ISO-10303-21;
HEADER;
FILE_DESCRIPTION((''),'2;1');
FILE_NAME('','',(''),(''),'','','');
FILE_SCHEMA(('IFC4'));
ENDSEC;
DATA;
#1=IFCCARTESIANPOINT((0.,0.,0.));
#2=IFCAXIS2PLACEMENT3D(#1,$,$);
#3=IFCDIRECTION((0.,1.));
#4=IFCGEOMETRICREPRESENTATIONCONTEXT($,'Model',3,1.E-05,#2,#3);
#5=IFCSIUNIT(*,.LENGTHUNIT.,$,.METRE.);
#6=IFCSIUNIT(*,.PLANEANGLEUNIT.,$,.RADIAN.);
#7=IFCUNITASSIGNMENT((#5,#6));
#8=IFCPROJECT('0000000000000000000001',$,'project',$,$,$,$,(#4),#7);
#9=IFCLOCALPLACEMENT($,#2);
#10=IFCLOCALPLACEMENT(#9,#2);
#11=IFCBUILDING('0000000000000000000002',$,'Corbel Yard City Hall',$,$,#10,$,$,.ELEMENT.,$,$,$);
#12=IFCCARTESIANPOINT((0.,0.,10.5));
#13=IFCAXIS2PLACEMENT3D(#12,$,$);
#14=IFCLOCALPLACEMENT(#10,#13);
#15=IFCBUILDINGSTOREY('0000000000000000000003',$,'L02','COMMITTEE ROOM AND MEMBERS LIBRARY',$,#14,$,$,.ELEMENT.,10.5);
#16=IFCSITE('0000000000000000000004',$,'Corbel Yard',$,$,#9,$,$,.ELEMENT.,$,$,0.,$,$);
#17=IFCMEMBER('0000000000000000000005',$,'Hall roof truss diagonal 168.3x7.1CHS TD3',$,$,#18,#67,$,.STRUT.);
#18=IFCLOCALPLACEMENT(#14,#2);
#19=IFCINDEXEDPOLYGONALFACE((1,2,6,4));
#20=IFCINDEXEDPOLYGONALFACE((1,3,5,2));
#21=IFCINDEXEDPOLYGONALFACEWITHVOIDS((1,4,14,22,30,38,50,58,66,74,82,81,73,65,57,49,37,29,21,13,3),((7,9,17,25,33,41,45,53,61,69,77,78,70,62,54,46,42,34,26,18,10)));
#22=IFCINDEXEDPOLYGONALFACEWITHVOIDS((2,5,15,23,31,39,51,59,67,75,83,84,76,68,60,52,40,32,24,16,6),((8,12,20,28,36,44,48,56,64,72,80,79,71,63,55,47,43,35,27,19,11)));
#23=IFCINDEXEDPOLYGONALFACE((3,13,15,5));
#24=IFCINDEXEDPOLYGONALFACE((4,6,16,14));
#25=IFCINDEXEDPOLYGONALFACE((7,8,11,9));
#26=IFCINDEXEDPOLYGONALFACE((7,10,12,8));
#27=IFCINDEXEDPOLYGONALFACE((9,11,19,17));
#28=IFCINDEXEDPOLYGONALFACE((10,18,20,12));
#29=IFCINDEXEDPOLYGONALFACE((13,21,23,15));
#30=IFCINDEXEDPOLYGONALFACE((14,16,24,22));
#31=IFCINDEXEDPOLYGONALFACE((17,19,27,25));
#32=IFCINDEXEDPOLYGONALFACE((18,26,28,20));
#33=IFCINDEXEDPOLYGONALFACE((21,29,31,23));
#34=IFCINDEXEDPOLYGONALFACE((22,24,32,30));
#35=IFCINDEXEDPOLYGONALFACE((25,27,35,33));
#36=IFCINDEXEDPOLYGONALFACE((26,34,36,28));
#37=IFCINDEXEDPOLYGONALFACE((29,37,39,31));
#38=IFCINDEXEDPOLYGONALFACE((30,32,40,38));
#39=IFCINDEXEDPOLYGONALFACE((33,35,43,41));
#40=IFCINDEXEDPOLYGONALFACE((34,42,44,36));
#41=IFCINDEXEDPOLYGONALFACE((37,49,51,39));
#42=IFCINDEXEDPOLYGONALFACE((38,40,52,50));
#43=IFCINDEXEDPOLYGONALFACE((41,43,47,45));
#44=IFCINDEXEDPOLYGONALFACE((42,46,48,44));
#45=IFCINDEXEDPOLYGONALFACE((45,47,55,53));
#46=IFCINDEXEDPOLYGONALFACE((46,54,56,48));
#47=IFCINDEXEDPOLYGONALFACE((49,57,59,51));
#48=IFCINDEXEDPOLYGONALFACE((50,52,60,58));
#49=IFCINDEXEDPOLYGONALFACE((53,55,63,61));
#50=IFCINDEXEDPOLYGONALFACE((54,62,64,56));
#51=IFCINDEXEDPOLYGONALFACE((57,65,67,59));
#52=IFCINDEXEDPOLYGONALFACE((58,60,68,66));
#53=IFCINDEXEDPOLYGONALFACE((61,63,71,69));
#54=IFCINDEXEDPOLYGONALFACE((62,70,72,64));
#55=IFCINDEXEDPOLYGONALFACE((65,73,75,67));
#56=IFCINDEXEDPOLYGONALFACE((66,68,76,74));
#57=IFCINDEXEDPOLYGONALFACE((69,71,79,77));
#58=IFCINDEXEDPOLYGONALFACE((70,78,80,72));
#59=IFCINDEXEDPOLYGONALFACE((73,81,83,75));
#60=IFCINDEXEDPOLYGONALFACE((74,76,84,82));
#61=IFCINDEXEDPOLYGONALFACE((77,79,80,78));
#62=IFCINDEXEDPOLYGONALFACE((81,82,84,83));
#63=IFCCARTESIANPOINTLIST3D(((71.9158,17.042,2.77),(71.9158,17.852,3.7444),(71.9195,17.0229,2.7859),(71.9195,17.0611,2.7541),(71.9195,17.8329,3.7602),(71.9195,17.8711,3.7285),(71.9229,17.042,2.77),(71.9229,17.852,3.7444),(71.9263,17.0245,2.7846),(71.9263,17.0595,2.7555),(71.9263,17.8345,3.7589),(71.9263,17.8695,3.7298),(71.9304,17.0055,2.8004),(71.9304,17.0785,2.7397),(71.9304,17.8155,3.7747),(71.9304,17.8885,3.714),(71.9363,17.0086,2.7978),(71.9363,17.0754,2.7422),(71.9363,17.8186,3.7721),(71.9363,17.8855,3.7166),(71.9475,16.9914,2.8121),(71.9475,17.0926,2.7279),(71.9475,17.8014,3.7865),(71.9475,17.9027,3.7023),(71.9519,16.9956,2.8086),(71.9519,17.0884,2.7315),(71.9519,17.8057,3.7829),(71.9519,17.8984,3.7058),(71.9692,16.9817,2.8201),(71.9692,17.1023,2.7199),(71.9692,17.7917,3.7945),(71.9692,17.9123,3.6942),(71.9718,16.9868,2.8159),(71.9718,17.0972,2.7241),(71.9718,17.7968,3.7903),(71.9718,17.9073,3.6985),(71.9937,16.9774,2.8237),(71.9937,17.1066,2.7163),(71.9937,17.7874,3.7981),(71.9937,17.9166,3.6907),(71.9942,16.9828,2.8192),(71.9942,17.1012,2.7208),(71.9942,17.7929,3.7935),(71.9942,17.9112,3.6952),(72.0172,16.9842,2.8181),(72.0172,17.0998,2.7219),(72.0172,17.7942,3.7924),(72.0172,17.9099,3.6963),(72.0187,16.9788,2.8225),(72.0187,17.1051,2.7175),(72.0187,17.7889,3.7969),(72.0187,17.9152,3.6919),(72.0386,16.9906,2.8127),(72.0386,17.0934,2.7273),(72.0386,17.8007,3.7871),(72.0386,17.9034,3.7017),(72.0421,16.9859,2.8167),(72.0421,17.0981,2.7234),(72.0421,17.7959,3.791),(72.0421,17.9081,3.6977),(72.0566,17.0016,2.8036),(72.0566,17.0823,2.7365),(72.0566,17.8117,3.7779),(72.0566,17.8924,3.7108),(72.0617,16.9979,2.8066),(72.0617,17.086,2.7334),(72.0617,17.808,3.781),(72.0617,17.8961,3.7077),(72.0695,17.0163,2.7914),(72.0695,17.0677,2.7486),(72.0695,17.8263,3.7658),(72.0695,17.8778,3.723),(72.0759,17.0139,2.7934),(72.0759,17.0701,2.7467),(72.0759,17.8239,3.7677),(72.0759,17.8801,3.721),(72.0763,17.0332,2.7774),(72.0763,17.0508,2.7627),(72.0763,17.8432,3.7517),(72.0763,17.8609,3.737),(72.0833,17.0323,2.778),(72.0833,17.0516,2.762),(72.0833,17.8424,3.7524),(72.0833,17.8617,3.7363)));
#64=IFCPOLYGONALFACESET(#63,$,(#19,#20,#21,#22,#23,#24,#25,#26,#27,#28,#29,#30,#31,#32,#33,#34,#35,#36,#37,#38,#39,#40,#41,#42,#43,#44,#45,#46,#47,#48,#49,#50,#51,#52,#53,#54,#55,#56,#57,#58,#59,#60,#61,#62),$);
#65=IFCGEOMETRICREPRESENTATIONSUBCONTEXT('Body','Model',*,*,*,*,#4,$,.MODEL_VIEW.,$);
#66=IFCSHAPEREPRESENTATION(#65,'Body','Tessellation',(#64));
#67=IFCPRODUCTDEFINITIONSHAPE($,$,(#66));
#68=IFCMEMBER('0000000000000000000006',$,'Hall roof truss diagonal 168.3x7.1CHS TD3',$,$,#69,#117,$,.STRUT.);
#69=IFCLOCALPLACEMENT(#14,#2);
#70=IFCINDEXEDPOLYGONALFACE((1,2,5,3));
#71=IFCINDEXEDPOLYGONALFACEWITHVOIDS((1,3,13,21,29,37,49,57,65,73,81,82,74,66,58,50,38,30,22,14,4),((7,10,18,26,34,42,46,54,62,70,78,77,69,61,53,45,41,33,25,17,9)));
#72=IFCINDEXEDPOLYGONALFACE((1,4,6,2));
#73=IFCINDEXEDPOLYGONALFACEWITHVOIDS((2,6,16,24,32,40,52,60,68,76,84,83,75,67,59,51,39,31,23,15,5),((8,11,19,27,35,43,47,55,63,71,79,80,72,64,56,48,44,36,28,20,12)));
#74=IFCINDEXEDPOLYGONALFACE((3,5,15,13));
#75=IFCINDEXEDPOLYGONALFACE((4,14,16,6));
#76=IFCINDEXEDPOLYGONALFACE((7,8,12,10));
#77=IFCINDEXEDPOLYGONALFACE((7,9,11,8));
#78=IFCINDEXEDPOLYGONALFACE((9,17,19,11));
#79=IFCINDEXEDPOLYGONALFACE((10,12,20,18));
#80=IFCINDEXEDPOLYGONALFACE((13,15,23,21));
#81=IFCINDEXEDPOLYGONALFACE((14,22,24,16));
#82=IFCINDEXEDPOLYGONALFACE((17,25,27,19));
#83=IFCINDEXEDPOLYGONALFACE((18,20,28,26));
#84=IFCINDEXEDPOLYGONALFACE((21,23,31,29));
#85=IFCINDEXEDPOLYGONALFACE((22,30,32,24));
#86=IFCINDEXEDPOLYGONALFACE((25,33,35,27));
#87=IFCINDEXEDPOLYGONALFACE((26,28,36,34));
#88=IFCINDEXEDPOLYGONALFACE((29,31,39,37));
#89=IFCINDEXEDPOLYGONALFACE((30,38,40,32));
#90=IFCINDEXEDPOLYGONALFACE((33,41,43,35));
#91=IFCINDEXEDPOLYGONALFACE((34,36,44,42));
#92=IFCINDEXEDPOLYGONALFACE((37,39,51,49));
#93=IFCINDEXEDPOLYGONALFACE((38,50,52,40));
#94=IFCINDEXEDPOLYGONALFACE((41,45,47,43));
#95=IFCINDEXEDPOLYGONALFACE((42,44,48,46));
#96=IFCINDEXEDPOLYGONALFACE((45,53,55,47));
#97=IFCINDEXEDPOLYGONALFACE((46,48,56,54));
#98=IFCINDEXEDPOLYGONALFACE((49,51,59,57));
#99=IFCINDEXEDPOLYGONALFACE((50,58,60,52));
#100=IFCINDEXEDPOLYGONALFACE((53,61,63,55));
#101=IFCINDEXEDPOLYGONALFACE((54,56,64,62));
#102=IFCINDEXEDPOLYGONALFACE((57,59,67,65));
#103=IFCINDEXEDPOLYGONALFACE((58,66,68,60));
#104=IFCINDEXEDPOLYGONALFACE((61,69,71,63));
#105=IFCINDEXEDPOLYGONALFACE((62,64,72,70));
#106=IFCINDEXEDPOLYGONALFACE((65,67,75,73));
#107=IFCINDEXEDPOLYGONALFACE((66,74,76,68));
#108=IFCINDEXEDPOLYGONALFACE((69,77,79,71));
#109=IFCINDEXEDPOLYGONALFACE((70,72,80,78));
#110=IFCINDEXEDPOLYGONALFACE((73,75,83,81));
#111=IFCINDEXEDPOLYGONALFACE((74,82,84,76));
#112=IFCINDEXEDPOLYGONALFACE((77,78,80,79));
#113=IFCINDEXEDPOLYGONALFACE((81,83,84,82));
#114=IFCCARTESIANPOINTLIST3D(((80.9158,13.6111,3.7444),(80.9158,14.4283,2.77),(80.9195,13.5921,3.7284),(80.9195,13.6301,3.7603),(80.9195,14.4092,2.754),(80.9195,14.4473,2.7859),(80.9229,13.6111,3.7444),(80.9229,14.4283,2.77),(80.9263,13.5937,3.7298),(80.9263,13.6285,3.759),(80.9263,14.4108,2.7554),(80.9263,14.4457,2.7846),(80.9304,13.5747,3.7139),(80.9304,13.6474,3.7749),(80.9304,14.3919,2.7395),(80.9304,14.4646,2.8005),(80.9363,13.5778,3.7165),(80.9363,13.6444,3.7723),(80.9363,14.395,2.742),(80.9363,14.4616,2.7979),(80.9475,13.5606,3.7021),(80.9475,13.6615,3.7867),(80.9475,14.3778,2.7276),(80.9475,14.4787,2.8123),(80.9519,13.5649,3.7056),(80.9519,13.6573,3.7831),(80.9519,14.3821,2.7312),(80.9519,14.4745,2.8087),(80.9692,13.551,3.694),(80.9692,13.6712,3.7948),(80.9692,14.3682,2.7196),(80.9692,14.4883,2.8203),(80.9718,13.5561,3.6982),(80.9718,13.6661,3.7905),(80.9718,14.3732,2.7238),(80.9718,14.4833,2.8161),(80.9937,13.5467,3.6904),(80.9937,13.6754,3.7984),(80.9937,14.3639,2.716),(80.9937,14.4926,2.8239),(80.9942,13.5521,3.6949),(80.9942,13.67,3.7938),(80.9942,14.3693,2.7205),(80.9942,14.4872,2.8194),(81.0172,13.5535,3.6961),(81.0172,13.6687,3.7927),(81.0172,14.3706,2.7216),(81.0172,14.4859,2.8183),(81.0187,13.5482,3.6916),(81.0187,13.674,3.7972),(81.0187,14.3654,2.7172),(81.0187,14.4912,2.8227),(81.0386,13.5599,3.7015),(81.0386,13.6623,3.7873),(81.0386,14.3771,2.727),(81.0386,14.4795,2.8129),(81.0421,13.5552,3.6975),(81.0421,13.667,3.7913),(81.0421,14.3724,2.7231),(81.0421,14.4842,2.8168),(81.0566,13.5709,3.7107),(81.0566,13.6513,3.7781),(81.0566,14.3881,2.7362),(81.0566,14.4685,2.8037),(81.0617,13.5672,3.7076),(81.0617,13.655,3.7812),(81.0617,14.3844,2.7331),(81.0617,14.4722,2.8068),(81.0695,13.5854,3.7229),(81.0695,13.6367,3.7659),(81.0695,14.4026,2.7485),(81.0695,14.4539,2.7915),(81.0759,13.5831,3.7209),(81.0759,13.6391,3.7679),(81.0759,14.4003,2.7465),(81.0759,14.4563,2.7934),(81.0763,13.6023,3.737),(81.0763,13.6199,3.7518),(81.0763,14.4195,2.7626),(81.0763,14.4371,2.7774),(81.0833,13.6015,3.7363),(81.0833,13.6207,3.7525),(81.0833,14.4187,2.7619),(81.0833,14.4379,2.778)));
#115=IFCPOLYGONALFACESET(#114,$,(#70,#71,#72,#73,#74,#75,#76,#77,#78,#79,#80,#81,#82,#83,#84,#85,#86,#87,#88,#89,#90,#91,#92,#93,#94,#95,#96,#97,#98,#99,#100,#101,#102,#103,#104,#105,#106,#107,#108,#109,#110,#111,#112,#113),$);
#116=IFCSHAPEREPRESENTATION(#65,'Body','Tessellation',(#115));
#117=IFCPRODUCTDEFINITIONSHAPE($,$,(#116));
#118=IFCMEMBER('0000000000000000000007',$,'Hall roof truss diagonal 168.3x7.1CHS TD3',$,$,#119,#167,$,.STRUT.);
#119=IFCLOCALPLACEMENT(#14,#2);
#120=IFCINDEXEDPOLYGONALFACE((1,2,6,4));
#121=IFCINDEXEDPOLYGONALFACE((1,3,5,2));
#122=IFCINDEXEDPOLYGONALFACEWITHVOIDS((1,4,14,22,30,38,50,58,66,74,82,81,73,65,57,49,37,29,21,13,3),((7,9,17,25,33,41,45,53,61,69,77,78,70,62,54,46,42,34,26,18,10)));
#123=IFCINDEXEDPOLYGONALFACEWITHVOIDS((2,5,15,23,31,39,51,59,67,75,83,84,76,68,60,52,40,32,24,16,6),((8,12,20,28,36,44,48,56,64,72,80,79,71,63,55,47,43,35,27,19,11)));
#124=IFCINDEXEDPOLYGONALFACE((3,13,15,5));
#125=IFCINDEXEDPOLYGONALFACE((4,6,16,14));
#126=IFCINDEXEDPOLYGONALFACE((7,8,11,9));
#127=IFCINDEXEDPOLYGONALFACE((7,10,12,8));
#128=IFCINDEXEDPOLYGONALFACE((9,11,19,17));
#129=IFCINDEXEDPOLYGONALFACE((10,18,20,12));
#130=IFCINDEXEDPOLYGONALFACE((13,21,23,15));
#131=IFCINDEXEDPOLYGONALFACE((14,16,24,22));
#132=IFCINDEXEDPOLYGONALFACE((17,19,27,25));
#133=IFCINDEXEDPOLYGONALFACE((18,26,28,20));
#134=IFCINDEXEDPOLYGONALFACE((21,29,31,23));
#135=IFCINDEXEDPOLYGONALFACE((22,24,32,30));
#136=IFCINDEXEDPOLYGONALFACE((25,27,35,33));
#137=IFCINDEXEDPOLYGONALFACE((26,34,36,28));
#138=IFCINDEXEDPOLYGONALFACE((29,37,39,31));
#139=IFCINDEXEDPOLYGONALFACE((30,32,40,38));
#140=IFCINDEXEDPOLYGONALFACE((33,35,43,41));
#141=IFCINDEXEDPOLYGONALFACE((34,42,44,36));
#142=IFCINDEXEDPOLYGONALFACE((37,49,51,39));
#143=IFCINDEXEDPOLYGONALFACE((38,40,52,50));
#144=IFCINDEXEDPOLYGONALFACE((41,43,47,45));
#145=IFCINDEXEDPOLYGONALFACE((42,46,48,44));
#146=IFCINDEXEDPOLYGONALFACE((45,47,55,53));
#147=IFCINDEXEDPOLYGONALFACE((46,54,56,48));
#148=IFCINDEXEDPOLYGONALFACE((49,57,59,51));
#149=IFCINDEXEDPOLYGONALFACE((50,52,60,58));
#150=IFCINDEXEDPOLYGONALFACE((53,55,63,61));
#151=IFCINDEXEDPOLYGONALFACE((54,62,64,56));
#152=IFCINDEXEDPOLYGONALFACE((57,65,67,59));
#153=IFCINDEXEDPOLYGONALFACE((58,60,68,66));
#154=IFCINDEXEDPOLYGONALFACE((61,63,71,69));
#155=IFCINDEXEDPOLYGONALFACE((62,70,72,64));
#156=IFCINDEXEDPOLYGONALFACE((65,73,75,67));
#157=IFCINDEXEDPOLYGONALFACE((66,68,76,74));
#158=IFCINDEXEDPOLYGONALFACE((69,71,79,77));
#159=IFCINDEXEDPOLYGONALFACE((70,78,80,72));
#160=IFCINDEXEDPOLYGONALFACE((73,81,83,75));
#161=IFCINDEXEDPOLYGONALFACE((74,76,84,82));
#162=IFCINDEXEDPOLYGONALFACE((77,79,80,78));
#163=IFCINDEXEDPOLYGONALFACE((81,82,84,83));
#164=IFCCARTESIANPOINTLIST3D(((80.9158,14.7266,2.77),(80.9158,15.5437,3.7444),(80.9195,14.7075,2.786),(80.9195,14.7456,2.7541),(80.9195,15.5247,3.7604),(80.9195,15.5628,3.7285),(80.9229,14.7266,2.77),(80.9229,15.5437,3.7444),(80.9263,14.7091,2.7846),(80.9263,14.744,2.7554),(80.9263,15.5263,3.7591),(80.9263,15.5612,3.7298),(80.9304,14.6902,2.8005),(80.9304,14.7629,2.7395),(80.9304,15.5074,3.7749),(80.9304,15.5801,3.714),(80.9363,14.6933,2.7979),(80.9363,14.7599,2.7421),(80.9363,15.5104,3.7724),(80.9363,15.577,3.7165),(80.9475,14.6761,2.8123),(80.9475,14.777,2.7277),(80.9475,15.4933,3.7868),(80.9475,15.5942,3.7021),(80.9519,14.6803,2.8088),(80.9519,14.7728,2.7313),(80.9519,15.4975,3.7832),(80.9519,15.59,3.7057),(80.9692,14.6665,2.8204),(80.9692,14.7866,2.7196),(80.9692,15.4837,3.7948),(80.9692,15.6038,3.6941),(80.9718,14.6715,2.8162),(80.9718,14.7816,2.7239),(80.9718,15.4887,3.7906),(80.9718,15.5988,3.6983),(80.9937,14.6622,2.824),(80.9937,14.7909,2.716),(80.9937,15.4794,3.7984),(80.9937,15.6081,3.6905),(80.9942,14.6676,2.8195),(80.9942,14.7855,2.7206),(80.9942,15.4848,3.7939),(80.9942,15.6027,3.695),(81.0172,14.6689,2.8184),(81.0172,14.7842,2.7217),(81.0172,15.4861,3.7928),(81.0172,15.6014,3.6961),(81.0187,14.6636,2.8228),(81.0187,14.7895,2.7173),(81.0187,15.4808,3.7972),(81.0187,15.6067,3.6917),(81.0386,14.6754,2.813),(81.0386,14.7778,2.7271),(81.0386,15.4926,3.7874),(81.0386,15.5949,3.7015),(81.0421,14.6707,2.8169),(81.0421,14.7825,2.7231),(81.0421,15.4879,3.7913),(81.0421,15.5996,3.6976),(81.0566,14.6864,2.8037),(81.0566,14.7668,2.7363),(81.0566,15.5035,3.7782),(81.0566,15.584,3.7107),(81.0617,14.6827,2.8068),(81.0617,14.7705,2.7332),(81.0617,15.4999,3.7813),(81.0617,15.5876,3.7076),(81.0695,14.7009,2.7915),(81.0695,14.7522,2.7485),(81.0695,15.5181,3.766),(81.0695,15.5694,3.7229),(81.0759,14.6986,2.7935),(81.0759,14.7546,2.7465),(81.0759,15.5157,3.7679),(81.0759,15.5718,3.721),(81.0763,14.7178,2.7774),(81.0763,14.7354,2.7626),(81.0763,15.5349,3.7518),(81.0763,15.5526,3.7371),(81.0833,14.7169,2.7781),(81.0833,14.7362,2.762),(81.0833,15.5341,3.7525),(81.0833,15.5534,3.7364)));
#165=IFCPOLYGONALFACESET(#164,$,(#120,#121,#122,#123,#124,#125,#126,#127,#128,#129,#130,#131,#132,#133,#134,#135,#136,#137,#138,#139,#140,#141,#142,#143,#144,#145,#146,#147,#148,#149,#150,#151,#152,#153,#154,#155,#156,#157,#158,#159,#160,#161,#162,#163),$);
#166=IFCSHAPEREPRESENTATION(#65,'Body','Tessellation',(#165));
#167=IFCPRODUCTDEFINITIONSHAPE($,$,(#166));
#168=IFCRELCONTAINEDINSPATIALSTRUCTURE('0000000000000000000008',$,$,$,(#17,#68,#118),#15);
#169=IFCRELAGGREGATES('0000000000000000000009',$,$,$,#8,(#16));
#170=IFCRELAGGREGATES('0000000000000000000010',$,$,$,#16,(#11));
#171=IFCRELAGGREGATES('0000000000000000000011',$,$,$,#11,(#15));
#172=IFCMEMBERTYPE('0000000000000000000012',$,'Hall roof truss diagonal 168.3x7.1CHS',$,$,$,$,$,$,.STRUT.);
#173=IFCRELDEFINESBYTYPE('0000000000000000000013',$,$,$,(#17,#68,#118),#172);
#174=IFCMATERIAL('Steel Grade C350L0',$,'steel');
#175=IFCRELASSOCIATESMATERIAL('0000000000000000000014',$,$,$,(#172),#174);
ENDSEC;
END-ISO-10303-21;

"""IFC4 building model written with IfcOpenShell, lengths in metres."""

from ifc_helpers import new_model, si_unit, direction, frame, origin, origin_2d, place, context, subcontext, project, spatial, hollow_circle, extrude, material, material_profile, profile_set, type_object, element, save


model = new_model("IFC4")

# Units and contexts
model_context = context("Model", 3, precision=1e-05, world=origin(), true_north=direction((0.0, 1.0)))
body_context = subcontext(model_context, "Body", "Model", "MODEL_VIEW")
ifc_project = project(units=[si_unit("LENGTHUNIT", "METRE"), si_unit("PLANEANGLEUNIT", "RADIAN")], contexts=[model_context])

# Site, building, storey
site_placement = place(None, origin())
site = spatial("IfcSite", under=ifc_project, at=site_placement, Name="Corbel Yard", CompositionType="ELEMENT", RefElevation=0.0)
building_placement = place(site_placement, origin())
building = spatial("IfcBuilding", under=site, at=building_placement, Name="Corbel Yard City Hall", CompositionType="ELEMENT")
storey_placement = place(building_placement, frame((0.0, 0.0, 10.5)))
storey = spatial("IfcBuildingStorey", under=building, at=storey_placement, Name="L02", Description="COMMITTEE ROOM AND MEMBERS LIBRARY", CompositionType="ELEMENT", Elevation=10.5)

# Members
ifc_material_1 = material(Name="Steel Grade C350L0", Category="steel")
ifc_material_profile_1 = material_profile(ifc_material_1, hollow_circle(Radius=0.0842, WallThickness=0.0071, at=origin_2d()), Name="168.3x7.1CHS")
ifc_profile_set_1 = profile_set([ifc_material_profile_1], Name="Steel Grade C350L0")
member_type_1 = type_object("IfcMemberType", Name="Hall roof truss diagonal 168.3x7.1CHS", PredefinedType="STRUT", material=ifc_profile_set_1)
member_1_placement = place(storey_placement, frame((72.0, 17.042, 2.77), z_axis=(0.0, 0.639293, 0.768963), x_axis=(-1.0, 0.0, 0.0)))
element("IfcMember", 1, at=member_1_placement, inside=storey, type_object=member_type_1, Name="Hall roof truss diagonal 168.3x7.1CHS TD3", PredefinedType="STRUT", context=body_context, shape_type="SweptSolid", body=[
    extrude(hollow_circle(Radius=0.0842, WallThickness=0.0071, at=origin_2d()), origin(), (0.0, 0.0, 1.0), 1.2671),
])
for number, where, z_axis, x_axis, name in (
    (2, (81.0, 13.6111, 3.7444), (0.0, 0.64258, -0.766219), (-1.0, 0.0, 0.0), "Hall roof truss diagonal 168.3x7.1CHS TD3"),
    (3, (81.0, 14.7266, 2.77), (0.0, 0.64258, 0.766219), (-1.0, 0.0, 0.0), "Hall roof truss diagonal 168.3x7.1CHS TD3"),
):
    element("IfcMember", number, at=place(storey_placement, frame(where, z_axis=z_axis, x_axis=x_axis)), inside=storey, type_object=member_type_1, Name=name, PredefinedType="STRUT", context=body_context, shape_type="SweptSolid", body=[
        extrude(hollow_circle(Radius=0.0842, WallThickness=0.0071, at=origin_2d()), origin(), (0.0, 0.0, 1.0), 1.2717),
    ])

save(model, "model.ifc")
